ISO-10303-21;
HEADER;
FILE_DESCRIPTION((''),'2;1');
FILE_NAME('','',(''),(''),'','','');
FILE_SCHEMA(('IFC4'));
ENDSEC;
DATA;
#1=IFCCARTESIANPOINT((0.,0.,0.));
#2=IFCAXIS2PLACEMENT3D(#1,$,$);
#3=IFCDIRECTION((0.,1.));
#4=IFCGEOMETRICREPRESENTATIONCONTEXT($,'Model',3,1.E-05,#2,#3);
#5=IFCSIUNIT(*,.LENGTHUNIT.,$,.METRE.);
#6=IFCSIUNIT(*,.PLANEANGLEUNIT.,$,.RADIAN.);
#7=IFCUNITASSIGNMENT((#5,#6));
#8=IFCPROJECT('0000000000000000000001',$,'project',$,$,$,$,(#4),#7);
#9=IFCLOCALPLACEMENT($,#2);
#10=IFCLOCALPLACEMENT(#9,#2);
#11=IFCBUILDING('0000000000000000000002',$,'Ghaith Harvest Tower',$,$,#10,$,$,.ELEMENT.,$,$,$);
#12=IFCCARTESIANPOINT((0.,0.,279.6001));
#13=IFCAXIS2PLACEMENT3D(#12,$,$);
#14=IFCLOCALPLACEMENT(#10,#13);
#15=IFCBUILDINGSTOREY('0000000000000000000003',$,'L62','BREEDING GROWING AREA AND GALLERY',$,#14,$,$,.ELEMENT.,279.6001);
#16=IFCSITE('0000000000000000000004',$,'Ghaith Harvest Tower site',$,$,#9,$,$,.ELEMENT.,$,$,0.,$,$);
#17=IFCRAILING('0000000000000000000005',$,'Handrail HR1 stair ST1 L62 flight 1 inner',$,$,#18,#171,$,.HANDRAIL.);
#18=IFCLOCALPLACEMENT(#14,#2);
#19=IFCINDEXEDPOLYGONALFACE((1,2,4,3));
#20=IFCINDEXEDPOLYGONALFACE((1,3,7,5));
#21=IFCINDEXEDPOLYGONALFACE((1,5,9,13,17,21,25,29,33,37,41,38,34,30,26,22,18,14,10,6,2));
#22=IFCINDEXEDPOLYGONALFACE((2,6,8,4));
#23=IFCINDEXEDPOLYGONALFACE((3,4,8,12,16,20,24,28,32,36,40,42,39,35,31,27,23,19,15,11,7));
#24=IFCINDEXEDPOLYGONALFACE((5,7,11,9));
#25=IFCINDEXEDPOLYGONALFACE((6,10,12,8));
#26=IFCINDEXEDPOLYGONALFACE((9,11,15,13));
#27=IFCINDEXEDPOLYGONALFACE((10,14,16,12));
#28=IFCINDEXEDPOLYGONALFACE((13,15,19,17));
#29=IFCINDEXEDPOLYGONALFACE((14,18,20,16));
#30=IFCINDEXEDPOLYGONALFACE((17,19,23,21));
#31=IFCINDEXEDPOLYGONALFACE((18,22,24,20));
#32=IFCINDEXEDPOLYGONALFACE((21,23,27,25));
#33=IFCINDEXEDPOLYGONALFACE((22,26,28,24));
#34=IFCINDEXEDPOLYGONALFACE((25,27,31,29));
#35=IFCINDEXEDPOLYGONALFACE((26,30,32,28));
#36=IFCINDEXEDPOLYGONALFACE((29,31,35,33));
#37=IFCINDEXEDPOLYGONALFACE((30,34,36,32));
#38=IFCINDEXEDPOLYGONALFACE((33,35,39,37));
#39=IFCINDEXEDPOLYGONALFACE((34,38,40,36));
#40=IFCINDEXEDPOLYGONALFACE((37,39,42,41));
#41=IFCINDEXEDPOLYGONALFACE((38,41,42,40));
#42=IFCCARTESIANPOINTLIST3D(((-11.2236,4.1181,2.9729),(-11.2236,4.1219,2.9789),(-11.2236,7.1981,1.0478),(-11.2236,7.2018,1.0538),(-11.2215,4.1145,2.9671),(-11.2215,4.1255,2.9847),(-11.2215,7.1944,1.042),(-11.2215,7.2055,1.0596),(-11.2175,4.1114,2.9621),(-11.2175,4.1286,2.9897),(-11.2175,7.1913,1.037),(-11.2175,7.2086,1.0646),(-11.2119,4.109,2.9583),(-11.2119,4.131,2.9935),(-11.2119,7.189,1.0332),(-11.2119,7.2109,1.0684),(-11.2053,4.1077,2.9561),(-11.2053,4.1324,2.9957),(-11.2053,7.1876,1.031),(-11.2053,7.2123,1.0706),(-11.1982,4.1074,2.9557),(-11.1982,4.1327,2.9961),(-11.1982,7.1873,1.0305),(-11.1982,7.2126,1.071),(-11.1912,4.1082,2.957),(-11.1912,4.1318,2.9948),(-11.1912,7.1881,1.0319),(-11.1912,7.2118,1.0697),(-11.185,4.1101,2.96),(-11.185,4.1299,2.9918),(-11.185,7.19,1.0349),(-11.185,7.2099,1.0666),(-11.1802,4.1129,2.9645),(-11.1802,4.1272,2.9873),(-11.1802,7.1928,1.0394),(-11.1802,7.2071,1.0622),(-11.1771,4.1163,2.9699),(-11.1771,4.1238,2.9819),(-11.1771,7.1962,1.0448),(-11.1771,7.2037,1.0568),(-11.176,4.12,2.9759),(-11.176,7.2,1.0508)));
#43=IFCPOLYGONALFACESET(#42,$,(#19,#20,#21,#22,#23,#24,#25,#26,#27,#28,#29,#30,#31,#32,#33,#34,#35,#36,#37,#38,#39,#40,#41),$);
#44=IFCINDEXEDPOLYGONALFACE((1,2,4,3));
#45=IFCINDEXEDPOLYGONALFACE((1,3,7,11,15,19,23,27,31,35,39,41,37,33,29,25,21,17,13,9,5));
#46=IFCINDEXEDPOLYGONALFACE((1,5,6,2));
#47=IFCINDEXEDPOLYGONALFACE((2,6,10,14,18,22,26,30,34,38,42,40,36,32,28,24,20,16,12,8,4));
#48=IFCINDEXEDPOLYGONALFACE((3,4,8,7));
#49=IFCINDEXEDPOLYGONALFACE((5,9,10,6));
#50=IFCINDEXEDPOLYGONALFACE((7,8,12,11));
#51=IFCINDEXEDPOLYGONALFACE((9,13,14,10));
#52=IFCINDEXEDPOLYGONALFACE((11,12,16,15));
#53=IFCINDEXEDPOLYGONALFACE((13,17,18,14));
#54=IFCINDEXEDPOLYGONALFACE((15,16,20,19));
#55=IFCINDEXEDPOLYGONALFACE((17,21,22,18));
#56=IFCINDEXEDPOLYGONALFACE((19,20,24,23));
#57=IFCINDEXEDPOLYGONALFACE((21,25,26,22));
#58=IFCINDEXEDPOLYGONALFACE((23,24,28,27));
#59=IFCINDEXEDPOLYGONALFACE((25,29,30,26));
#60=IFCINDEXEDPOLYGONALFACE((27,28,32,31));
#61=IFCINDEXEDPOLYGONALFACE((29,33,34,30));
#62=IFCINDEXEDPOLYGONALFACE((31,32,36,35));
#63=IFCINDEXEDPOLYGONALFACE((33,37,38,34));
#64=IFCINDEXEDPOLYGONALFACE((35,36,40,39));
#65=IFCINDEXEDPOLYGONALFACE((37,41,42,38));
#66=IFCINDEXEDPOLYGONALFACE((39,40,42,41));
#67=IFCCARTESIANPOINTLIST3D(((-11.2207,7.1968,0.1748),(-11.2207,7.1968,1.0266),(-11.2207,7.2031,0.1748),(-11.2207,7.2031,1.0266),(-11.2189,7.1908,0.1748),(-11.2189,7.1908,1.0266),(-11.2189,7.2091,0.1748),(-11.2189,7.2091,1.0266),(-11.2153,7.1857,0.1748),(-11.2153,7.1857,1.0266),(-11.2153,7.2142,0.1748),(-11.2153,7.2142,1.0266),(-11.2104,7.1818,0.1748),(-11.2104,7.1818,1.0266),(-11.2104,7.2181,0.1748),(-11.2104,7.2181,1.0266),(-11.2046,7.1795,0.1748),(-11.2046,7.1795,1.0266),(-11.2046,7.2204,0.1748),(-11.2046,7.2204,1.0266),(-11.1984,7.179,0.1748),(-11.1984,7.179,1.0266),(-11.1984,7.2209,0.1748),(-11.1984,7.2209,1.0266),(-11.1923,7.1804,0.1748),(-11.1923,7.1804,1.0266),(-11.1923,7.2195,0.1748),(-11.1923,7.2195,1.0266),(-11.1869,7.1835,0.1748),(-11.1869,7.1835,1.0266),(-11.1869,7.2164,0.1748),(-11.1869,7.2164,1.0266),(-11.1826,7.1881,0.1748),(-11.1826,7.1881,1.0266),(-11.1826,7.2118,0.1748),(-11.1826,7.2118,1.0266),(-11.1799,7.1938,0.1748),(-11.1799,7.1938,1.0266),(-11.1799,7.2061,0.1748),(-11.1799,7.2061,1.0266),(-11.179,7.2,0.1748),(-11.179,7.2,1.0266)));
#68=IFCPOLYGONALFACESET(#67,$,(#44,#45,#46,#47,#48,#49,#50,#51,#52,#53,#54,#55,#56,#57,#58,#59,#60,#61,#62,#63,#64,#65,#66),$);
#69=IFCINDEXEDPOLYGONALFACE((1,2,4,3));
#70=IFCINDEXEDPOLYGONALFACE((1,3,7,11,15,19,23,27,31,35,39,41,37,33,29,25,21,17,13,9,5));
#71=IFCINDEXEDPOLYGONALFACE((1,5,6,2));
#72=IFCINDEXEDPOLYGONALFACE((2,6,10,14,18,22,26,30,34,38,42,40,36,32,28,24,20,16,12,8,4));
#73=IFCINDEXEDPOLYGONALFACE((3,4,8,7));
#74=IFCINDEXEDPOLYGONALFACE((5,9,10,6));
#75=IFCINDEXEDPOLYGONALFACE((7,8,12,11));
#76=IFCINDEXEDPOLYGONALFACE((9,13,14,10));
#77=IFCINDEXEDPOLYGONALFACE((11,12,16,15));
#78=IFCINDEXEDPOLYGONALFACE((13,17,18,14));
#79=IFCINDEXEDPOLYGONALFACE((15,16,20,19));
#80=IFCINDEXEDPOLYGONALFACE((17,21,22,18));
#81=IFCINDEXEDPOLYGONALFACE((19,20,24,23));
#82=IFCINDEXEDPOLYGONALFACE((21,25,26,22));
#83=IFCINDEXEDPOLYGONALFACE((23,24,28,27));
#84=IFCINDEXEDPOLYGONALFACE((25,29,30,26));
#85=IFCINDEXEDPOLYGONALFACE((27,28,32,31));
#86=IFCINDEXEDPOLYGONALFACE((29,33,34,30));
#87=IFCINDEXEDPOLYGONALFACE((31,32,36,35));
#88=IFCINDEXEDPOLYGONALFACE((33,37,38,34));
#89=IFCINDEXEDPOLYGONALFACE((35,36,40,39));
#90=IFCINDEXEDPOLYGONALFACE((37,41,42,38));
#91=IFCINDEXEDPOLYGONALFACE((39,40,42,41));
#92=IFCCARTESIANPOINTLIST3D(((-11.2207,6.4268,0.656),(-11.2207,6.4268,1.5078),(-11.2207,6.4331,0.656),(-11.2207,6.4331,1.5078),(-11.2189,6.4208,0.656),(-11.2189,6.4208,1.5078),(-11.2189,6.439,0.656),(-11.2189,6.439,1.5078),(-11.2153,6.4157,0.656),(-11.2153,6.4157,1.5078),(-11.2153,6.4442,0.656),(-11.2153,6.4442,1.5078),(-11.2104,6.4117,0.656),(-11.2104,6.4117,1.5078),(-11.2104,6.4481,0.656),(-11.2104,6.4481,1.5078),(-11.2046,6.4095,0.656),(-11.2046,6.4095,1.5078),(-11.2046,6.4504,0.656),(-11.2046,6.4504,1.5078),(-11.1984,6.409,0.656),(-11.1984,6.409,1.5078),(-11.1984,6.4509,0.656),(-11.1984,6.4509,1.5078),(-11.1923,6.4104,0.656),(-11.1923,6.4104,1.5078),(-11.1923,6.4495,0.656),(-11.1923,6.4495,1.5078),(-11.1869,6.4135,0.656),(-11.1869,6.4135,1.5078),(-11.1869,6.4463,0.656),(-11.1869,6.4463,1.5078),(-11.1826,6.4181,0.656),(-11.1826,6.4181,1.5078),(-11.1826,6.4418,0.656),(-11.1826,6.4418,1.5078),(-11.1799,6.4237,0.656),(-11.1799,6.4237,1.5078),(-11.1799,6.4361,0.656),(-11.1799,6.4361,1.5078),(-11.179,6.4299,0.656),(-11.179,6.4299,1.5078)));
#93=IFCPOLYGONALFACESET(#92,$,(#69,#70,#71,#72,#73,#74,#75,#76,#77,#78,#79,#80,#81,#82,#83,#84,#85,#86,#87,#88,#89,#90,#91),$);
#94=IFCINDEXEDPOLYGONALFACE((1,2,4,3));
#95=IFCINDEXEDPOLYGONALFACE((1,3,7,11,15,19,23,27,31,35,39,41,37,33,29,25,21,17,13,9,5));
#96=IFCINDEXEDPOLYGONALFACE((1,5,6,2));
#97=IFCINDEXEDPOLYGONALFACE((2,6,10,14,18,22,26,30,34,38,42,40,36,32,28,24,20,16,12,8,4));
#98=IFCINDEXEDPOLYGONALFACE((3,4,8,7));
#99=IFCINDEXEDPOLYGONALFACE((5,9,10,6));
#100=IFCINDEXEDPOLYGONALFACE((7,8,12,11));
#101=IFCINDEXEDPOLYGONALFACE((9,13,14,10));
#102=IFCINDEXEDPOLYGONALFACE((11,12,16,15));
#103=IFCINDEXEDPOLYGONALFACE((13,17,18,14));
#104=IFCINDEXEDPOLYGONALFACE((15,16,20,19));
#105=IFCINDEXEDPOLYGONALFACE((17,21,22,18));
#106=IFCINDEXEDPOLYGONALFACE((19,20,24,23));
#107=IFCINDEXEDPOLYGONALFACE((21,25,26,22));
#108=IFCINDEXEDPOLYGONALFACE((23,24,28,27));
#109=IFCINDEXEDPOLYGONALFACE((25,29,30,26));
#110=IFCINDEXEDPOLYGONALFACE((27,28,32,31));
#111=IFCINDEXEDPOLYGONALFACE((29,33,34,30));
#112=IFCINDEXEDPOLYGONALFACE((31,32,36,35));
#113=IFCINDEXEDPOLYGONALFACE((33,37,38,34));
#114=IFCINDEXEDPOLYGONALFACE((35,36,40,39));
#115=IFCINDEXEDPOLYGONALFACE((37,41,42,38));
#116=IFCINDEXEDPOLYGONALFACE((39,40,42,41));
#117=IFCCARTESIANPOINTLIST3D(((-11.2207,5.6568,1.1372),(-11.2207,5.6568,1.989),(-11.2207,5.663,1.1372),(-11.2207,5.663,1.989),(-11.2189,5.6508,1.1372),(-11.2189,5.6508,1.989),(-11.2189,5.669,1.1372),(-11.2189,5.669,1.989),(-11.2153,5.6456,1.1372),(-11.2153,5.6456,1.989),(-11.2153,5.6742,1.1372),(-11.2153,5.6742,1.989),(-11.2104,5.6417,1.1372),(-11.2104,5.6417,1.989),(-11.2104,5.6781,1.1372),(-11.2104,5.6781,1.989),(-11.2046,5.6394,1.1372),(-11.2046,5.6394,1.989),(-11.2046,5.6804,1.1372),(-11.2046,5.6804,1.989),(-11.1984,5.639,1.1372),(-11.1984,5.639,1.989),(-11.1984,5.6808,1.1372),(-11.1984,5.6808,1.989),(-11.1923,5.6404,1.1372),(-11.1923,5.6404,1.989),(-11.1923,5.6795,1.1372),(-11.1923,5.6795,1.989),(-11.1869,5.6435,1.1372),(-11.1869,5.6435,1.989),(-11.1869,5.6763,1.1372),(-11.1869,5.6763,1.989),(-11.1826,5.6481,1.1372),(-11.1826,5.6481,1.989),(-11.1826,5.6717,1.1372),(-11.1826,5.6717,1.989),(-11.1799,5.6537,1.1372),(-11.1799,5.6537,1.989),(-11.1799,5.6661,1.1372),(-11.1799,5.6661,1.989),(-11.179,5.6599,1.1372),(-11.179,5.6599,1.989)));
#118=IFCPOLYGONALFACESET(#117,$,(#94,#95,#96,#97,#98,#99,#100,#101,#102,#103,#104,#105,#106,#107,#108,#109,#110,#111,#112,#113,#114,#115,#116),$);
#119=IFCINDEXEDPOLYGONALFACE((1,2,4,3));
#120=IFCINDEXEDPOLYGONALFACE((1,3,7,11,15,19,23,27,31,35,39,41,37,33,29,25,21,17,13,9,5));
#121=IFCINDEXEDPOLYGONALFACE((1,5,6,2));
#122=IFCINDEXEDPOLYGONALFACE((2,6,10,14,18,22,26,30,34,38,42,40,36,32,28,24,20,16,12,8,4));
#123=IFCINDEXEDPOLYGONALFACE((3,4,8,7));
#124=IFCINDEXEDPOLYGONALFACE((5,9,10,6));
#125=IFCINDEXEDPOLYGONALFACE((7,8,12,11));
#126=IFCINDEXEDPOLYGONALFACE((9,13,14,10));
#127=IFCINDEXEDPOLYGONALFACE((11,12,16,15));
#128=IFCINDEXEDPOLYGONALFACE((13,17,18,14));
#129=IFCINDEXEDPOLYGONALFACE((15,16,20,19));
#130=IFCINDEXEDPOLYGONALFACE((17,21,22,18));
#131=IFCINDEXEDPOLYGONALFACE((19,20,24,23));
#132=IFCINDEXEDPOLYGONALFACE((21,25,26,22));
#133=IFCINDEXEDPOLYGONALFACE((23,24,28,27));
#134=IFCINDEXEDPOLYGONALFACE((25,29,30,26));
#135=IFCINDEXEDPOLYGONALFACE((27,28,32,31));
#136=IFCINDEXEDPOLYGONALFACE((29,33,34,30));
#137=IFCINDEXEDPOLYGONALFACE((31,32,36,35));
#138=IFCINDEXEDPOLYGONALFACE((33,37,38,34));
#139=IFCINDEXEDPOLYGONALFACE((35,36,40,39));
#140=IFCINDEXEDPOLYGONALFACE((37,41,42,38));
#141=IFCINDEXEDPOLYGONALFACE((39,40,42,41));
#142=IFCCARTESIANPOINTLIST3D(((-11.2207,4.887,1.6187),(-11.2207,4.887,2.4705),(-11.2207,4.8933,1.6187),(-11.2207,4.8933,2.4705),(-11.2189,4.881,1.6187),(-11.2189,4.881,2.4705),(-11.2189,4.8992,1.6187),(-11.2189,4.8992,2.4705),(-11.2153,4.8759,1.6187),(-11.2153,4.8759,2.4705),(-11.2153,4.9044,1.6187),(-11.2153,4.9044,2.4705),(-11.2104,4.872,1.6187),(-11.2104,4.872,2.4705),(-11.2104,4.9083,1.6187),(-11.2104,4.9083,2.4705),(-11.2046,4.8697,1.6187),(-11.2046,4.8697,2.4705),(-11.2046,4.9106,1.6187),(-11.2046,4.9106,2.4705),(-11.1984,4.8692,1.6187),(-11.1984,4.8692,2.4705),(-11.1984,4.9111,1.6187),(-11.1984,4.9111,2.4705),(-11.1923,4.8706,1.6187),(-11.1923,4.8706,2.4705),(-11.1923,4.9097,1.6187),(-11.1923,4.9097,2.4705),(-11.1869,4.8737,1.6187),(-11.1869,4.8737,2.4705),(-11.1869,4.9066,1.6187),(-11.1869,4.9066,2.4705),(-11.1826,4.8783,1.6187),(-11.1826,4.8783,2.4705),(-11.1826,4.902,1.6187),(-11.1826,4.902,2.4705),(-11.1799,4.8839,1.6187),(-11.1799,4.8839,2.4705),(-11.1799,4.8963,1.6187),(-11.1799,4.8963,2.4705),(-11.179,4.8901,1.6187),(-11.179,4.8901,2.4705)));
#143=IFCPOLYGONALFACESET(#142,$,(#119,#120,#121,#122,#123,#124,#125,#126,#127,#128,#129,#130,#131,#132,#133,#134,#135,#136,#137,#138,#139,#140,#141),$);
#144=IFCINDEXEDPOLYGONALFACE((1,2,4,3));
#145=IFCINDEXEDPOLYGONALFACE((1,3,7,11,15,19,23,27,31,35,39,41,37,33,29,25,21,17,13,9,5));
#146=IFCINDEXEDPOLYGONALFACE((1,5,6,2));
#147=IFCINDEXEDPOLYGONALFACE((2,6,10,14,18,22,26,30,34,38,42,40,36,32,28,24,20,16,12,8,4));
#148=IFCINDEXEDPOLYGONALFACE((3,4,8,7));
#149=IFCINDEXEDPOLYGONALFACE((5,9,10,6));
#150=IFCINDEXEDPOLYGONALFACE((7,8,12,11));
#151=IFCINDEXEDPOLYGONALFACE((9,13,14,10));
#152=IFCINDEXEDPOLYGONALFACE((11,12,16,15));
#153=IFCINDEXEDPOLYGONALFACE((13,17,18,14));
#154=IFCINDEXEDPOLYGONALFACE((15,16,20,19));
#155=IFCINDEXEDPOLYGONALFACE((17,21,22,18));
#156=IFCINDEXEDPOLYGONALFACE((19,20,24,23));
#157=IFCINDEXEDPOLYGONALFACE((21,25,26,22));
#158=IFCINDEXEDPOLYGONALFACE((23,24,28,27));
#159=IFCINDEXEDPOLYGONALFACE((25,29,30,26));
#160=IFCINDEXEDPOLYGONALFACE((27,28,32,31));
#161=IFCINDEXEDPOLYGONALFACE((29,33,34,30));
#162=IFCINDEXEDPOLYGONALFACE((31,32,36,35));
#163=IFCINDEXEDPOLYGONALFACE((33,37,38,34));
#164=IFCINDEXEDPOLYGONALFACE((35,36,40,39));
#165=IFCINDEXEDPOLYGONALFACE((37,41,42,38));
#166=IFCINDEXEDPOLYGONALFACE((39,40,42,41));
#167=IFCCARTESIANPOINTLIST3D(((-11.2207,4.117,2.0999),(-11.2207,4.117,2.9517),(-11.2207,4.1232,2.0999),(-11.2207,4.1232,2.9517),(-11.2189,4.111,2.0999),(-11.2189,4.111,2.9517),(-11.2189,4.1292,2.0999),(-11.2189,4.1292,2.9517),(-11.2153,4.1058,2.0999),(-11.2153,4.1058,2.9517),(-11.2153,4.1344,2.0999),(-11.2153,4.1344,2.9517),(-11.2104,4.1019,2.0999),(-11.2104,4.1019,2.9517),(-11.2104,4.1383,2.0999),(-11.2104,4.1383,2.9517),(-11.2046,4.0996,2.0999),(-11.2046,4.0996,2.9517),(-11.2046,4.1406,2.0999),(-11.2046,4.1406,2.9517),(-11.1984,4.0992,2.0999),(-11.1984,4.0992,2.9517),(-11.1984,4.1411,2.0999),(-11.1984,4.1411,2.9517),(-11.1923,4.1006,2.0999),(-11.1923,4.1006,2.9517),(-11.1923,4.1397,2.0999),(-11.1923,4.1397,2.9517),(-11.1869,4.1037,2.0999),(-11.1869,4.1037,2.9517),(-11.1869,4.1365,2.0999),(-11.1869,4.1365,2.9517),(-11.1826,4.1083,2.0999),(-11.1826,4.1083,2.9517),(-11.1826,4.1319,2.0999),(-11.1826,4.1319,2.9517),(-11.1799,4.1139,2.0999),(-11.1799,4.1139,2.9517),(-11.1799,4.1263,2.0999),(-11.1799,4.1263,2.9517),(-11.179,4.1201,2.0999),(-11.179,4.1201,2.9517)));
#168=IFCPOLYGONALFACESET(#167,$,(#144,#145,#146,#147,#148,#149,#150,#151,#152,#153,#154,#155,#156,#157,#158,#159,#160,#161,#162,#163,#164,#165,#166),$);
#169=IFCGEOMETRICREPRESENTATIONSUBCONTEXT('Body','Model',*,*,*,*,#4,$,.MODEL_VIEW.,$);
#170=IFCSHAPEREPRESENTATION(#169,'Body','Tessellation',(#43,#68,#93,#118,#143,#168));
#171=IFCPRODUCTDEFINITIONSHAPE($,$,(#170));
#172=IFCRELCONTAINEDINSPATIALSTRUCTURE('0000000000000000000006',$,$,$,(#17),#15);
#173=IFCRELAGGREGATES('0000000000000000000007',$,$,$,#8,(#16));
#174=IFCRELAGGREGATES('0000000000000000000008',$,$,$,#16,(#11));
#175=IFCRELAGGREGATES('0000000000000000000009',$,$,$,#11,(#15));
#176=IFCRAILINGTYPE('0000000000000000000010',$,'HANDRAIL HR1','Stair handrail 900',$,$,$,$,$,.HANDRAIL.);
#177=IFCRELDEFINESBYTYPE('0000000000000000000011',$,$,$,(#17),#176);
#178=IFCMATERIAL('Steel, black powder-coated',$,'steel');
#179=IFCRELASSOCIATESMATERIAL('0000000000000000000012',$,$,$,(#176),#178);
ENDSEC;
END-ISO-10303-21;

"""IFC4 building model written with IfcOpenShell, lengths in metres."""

from ifc_helpers import new_model, si_unit, direction, frame, origin, origin_2d, place, context, subcontext, project, spatial, circle, extrude, material, type_object, element, save


model = new_model("IFC4")

# Units and contexts
model_context = context("Model", 3, precision=1e-05, world=origin(), true_north=direction((0.0, 1.0)))
body_context = subcontext(model_context, "Body", "Model", "MODEL_VIEW")
ifc_project = project(units=[si_unit("LENGTHUNIT", "METRE"), si_unit("PLANEANGLEUNIT", "RADIAN")], contexts=[model_context])

# Site, building, storey
site_placement = place(None, origin())
site = spatial("IfcSite", under=ifc_project, at=site_placement, Name="Ghaith Harvest Tower site", CompositionType="ELEMENT", RefElevation=0.0)
building_placement = place(site_placement, origin())
building = spatial("IfcBuilding", under=site, at=building_placement, Name="Ghaith Harvest Tower", CompositionType="ELEMENT")
storey_placement = place(building_placement, frame((0.0, 0.0, 279.6001)))
storey = spatial("IfcBuildingStorey", under=building, at=storey_placement, Name="L62", Description="BREEDING GROWING AREA AND GALLERY", CompositionType="ELEMENT", Elevation=279.6001)

# Railing
ifc_material_1 = material(Name="Steel, black powder-coated", Category="steel")
railing_type = type_object("IfcRailingType", Name="HANDRAIL HR1", Description="Stair handrail 900", PredefinedType="HANDRAIL", material=ifc_material_1)
railing_1_placement = place(storey_placement, frame((-11.2, 7.2, 0.1748)))
element("IfcRailing", 1, at=railing_1_placement, inside=storey, type_object=railing_type, Name="Handrail HR1 stair ST1 L62 flight 1 inner", PredefinedType="HANDRAIL", context=body_context, shape_type="SweptSolid", body=[
    extrude(circle(Radius=0.0239, at=origin_2d()), frame((0.0, 0.0, 0.876), z_axis=(0.0, -0.847979, 0.530029), x_axis=(1.0, 0.0, 0.0)), (0.0, 0.0, 1.0), 3.6321),
    extrude(circle(Radius=0.021, at=origin_2d()), origin(), (0.0, 0.0, 1.0), 0.8518),
    extrude(circle(Radius=0.021, at=origin_2d()), frame((0.0, -0.77, 0.4812)), (0.0, 0.0, 1.0), 0.8518),
    extrude(circle(Radius=0.021, at=origin_2d()), frame((0.0, -1.54, 0.9624)), (0.0, 0.0, 1.0), 0.8518),
    extrude(circle(Radius=0.021, at=origin_2d()), frame((0.0, -2.3098, 1.4438)), (0.0, 0.0, 1.0), 0.8518),
    extrude(circle(Radius=0.021, at=origin_2d()), frame((0.0, -3.0798, 1.925)), (0.0, 0.0, 1.0), 0.8518),
])

save(model, "model.ifc")
